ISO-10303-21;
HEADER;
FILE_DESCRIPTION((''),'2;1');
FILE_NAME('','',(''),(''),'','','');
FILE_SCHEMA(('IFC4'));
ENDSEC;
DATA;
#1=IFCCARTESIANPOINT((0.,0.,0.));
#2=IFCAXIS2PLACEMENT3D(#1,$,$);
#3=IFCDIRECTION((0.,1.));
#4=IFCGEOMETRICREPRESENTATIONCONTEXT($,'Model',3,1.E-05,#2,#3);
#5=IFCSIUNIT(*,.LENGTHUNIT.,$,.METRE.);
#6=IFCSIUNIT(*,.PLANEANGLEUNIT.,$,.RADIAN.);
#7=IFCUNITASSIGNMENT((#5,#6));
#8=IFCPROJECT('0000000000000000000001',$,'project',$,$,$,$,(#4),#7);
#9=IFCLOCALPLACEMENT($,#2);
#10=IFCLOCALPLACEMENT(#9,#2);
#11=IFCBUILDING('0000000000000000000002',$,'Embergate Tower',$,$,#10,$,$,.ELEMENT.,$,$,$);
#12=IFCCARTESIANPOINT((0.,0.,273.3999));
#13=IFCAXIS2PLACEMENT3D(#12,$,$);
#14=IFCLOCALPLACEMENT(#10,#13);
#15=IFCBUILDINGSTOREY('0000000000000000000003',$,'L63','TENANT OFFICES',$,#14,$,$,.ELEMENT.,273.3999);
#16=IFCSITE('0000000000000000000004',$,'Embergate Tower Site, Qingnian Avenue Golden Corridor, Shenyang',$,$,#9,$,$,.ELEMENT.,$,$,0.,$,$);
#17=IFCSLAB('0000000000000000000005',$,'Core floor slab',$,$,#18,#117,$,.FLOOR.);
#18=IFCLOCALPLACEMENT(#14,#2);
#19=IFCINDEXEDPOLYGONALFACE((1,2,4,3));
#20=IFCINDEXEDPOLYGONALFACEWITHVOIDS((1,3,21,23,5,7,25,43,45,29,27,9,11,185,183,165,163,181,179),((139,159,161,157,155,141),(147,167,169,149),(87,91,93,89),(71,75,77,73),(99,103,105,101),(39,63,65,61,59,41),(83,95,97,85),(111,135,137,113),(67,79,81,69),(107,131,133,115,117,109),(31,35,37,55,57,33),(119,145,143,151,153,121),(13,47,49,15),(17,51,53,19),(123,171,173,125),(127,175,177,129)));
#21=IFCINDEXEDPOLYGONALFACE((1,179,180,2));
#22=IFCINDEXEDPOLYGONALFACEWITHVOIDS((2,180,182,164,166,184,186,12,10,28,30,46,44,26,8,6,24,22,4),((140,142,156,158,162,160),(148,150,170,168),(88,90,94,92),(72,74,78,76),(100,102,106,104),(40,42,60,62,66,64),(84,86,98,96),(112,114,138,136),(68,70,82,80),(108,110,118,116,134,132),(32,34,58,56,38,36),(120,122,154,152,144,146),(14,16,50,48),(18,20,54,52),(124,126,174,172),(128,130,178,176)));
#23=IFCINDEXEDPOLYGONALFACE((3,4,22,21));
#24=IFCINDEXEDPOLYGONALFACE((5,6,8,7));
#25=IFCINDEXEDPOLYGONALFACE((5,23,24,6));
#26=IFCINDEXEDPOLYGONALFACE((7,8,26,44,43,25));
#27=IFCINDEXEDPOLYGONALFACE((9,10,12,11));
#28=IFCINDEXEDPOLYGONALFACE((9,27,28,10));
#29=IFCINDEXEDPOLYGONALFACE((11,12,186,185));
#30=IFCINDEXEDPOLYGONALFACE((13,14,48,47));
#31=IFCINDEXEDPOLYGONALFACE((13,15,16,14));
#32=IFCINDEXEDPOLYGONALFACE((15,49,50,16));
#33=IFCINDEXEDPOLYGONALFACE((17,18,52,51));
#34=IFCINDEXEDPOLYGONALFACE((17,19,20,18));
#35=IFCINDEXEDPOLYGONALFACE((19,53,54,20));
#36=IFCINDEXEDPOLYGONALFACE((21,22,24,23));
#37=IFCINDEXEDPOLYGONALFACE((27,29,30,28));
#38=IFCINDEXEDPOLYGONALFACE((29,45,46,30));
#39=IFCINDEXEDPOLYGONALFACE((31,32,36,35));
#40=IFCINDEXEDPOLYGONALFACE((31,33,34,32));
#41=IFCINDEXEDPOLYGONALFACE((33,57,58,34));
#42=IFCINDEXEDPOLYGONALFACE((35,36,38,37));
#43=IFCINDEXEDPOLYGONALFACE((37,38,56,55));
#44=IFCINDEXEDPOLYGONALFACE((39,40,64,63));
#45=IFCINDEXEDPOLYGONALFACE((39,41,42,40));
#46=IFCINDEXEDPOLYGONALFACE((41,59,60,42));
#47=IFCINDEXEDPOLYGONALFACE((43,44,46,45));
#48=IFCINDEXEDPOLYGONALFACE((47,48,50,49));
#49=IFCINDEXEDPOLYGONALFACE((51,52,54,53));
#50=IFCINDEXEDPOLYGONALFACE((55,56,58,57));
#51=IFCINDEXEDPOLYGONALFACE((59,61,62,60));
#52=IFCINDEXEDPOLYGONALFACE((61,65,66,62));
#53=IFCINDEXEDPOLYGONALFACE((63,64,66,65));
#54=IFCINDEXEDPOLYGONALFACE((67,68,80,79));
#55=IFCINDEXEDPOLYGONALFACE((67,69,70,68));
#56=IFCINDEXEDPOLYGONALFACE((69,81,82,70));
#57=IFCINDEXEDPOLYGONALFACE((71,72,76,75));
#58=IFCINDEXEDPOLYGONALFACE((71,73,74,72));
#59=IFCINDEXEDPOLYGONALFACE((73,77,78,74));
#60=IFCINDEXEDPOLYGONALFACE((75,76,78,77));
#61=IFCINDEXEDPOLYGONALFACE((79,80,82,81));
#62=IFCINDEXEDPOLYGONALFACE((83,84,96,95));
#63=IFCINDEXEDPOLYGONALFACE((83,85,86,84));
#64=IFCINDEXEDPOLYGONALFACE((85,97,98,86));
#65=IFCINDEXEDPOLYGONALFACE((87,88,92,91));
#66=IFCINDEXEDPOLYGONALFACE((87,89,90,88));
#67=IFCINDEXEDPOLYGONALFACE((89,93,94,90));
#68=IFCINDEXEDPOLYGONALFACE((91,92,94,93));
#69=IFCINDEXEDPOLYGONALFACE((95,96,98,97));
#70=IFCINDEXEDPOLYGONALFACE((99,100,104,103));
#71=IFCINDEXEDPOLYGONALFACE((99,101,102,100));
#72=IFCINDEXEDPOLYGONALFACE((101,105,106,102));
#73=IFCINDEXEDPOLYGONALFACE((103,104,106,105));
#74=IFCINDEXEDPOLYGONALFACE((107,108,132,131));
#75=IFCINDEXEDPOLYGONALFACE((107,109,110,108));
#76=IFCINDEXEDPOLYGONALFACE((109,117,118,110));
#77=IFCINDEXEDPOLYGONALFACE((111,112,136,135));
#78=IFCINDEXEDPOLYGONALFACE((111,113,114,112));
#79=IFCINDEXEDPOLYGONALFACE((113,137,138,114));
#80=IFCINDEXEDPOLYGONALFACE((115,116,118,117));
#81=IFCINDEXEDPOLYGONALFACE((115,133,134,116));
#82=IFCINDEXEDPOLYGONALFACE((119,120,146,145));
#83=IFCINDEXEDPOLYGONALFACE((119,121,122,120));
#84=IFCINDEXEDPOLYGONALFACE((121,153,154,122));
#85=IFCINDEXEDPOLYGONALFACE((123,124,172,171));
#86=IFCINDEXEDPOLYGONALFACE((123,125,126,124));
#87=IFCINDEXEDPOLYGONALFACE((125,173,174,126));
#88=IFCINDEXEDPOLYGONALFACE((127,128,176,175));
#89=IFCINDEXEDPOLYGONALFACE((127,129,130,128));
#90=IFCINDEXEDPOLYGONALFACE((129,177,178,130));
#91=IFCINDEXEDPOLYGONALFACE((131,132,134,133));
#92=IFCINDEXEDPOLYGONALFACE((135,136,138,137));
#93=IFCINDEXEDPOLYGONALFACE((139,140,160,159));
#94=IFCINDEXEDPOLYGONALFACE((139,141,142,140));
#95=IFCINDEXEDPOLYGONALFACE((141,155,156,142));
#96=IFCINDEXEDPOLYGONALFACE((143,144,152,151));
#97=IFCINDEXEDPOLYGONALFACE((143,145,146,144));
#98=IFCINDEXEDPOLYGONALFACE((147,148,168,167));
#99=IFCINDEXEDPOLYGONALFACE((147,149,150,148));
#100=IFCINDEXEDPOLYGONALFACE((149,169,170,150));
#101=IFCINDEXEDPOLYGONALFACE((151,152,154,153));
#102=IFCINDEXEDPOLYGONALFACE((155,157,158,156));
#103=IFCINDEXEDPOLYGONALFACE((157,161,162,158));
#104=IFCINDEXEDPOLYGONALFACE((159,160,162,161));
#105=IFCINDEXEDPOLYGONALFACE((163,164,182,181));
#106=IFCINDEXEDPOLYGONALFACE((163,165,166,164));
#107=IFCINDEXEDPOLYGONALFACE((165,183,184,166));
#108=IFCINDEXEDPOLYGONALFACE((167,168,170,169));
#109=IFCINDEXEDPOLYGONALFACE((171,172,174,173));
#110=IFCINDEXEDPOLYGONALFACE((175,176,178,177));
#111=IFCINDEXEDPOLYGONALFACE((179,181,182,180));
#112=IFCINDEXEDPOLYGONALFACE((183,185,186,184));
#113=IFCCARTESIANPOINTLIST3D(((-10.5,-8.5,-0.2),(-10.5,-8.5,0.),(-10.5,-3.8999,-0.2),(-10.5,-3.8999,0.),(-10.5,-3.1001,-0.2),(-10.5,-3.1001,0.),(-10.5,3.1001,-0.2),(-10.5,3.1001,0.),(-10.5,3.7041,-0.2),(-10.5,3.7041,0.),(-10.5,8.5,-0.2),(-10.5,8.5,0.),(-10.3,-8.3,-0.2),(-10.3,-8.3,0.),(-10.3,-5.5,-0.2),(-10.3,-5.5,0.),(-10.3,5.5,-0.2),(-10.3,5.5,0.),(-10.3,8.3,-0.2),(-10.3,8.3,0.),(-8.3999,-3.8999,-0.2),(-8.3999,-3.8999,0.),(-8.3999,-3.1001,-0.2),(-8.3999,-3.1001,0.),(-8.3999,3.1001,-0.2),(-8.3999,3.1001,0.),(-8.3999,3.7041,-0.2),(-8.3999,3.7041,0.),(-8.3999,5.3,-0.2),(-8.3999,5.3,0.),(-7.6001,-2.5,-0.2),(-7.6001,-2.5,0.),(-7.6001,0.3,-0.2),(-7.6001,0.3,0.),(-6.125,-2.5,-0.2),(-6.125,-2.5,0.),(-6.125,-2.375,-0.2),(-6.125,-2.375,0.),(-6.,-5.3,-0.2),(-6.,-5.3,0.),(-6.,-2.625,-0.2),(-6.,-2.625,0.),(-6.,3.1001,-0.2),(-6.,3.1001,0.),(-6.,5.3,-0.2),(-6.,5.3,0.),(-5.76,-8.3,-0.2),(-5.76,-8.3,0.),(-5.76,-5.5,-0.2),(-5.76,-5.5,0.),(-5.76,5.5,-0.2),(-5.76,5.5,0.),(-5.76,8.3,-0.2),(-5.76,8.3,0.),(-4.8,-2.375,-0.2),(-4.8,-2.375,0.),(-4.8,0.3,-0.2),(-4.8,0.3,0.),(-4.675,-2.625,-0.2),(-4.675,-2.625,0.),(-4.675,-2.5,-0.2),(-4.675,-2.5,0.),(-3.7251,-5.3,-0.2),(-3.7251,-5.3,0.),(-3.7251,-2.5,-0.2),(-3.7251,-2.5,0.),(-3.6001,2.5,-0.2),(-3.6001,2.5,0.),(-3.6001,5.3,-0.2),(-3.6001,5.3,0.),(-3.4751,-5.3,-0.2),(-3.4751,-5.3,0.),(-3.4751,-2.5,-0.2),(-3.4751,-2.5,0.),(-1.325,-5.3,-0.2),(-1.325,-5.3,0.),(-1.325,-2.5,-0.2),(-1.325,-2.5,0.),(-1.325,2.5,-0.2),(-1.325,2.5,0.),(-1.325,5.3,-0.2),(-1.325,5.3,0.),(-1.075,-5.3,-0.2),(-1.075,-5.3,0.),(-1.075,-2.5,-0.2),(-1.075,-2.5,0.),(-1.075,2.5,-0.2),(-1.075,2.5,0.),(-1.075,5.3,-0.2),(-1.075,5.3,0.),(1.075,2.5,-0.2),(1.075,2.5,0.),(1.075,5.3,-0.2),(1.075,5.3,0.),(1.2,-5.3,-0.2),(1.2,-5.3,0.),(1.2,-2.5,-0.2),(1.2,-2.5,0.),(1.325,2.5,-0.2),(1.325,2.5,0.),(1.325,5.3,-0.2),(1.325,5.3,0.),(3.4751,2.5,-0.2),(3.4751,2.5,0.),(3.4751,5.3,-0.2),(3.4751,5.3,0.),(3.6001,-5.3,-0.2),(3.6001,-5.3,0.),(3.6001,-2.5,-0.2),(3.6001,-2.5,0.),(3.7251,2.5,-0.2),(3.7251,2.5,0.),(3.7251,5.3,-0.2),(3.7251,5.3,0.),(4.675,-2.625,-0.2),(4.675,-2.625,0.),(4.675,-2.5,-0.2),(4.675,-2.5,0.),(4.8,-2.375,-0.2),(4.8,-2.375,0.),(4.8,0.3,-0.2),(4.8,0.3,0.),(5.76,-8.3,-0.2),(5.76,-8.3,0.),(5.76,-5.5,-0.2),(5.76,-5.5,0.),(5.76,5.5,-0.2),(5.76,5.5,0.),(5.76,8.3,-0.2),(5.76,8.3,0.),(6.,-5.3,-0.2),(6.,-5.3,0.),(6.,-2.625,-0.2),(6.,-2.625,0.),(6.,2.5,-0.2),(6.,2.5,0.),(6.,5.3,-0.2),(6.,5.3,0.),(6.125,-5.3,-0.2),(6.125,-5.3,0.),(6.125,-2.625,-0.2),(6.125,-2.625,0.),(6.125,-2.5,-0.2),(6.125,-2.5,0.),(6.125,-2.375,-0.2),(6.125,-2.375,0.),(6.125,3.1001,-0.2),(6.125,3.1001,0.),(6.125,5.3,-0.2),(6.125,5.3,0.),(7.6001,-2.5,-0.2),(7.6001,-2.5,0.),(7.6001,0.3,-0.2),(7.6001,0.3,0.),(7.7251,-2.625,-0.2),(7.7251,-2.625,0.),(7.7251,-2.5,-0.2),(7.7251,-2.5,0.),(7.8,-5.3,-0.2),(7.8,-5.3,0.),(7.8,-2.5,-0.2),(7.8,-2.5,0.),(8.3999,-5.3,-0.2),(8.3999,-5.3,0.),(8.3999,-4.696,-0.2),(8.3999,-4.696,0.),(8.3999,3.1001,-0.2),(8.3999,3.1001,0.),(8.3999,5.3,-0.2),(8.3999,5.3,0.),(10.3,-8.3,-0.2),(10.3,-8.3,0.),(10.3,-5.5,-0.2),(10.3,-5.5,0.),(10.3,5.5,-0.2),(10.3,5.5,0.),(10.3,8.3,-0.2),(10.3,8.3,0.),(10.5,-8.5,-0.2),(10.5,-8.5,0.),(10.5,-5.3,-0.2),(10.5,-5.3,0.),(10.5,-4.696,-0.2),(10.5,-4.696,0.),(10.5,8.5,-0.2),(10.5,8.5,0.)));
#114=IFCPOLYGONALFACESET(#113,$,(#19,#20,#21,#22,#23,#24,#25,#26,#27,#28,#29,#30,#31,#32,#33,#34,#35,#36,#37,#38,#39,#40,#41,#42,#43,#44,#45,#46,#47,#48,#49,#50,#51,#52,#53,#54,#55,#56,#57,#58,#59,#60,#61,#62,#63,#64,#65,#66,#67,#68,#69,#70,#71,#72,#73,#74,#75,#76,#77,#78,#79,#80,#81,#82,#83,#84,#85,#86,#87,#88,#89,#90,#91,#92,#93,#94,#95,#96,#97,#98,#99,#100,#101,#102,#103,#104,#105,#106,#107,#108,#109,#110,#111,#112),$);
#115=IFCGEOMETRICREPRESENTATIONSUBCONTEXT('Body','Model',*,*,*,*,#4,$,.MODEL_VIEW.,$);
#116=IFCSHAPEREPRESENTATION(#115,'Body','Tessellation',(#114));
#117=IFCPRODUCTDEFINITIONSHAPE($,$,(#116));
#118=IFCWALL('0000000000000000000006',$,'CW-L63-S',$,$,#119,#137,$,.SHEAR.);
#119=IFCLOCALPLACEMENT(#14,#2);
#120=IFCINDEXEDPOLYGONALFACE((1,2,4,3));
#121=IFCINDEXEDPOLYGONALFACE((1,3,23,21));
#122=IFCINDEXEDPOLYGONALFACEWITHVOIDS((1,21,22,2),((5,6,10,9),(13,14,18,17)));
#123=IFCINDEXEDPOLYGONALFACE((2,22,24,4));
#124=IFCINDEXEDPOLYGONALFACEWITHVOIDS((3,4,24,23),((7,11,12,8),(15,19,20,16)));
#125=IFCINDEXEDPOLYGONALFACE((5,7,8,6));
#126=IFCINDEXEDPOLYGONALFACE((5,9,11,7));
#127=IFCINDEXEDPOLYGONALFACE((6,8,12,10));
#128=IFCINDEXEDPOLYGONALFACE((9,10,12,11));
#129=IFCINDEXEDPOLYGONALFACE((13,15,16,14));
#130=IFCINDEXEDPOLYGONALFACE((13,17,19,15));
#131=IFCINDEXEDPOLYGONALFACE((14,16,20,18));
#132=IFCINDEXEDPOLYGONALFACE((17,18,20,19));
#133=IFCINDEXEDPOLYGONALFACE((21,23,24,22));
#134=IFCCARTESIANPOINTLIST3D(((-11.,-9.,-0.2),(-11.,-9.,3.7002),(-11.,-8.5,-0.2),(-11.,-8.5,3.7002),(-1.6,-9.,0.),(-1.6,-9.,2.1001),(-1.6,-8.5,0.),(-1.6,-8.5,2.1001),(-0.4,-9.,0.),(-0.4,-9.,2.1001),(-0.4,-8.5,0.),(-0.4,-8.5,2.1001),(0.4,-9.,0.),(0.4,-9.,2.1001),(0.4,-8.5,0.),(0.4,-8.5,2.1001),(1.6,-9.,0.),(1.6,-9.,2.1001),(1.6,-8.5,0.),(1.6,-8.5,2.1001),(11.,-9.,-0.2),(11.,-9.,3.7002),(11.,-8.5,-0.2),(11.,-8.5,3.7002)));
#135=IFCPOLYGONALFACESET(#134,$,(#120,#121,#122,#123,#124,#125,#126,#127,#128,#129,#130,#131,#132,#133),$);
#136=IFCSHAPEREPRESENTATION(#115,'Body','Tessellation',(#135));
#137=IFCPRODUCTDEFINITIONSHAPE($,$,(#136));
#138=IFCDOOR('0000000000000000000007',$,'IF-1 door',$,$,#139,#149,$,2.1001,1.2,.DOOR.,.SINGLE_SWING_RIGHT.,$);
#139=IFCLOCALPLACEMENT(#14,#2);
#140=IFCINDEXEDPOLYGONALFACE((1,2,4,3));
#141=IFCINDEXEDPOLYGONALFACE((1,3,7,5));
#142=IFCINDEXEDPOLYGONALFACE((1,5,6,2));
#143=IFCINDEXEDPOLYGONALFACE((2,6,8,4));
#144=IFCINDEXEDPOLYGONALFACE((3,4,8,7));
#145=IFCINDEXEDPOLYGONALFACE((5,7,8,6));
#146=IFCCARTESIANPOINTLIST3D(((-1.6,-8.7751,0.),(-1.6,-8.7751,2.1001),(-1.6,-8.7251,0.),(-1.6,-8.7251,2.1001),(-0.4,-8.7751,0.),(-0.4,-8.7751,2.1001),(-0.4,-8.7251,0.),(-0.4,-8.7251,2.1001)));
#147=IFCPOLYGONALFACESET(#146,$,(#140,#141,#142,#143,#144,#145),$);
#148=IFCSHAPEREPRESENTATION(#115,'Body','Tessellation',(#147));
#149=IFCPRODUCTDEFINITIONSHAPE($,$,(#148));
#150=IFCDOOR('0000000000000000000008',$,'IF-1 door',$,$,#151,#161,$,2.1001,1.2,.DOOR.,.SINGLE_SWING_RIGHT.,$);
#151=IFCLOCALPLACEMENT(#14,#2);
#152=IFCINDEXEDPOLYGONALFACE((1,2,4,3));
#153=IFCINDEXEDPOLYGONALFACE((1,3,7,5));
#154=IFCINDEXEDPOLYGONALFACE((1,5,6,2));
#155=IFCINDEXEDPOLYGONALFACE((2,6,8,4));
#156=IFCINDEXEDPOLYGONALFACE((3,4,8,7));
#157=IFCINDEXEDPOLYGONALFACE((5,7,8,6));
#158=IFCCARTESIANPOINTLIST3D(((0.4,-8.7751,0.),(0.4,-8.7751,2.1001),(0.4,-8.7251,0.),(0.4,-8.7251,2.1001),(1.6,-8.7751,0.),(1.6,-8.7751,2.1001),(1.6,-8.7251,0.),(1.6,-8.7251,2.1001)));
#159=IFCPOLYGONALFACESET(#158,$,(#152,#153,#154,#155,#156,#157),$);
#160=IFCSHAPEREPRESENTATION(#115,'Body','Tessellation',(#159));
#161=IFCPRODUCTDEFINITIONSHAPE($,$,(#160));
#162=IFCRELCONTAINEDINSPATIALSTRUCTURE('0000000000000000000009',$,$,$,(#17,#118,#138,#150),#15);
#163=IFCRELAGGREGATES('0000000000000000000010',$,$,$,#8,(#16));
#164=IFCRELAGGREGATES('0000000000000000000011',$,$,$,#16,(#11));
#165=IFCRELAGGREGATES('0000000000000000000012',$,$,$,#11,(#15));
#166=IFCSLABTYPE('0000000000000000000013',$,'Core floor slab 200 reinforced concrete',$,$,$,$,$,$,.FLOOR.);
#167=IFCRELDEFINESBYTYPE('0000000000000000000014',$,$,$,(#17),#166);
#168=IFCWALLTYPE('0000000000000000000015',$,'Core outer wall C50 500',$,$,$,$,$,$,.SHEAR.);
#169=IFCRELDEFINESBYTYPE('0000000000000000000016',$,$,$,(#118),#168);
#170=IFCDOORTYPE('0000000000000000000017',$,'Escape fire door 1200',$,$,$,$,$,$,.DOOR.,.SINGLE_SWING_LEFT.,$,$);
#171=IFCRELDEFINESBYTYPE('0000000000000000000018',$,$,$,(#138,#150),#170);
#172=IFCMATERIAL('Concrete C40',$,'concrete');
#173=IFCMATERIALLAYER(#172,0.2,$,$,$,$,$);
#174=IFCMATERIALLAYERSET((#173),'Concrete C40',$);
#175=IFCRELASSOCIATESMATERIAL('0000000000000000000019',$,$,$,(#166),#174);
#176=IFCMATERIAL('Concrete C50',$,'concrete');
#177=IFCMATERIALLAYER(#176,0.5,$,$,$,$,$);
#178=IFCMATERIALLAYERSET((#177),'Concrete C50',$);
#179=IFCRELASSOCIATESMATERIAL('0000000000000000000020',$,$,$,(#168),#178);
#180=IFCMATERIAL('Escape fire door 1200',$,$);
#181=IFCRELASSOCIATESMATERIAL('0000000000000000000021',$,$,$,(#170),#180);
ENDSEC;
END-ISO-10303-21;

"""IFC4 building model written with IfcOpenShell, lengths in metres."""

from ifc_helpers import new_model, si_unit, direction, frame, frame_2d, origin, place, context, subcontext, project, spatial, polyline, rectangle, outline, extrude, source, transform, mapped, material, layer, layer_set, type_object, element, fill, save


model = new_model("IFC4")

# Units and contexts
model_context = context("Model", 3, precision=1e-05, world=origin(), true_north=direction((0.0, 1.0)))
body_context = subcontext(model_context, "Body", "Model", "MODEL_VIEW")
ifc_project = project(units=[si_unit("LENGTHUNIT", "METRE"), si_unit("PLANEANGLEUNIT", "RADIAN")], contexts=[model_context])

# Site, building, storey
site_placement = place(None, origin())
site = spatial("IfcSite", under=ifc_project, at=site_placement, Name="Embergate Tower Site, Qingnian Avenue Golden Corridor, Shenyang", CompositionType="ELEMENT", RefElevation=0.0)
building_placement = place(site_placement, origin())
building = spatial("IfcBuilding", under=site, at=building_placement, Name="Embergate Tower", CompositionType="ELEMENT")
storey_placement = place(building_placement, frame((0.0, 0.0, 273.3999)))
storey = spatial("IfcBuildingStorey", under=building, at=storey_placement, Name="L63", Description="TENANT OFFICES", CompositionType="ELEMENT", Elevation=273.3999)

# Slab
ifc_material_1 = material(Name="Concrete C40", Category="concrete")
ifc_layer_1 = layer(ifc_material_1, 0.2)
ifc_layer_set_1 = layer_set([ifc_layer_1], Name="Concrete C40")
slab_type = type_object("IfcSlabType", Name="Core floor slab 200 reinforced concrete", PredefinedType="FLOOR", material=ifc_layer_set_1)
shared_shape_1 = source(origin(), body_context, "Body", "SweptSolid", [
    extrude(outline(polyline([(0.0, 0.0), (21.0, 0.0), (21.0, 3.2), (18.8999, 3.2), (18.8999, 3.804), (21.0, 3.804), (21.0, 17.0), (0.0, 17.0), (0.0, 12.2041), (2.1001, 12.2041), (2.1001, 13.8), (4.5, 13.8), (4.5, 11.6001), (2.1001, 11.6001), (0.0, 11.6001), (0.0, 5.3999), (2.1001, 5.3999), (2.1001, 4.6001), (0.0, 4.6001), (0.0, 0.0)]), holes=[polyline([(0.2, 0.2), (0.2, 3.0), (4.74, 3.0), (4.74, 0.2), (0.2, 0.2)]), polyline([(16.26, 0.2), (16.26, 3.0), (20.8, 3.0), (20.8, 0.2), (16.26, 0.2)]), polyline([(4.5, 3.2), (4.5, 5.875), (5.825, 5.875), (5.825, 6.0), (6.7749, 6.0), (6.7749, 3.2), (4.5, 3.2)]), polyline([(7.0249, 3.2), (7.0249, 6.0), (9.175, 6.0), (9.175, 3.2), (7.0249, 3.2)]), polyline([(9.425, 3.2), (9.425, 6.0), (11.7, 6.0), (11.7, 3.2), (9.425, 3.2)]), polyline([(14.1001, 3.2), (14.1001, 6.0), (15.175, 6.0), (15.175, 5.875), (16.5, 5.875), (16.5, 3.2), (14.1001, 3.2)]), polyline([(16.625, 3.2), (16.625, 5.875), (18.2251, 5.875), (18.2251, 6.0), (18.3, 6.0), (18.3, 3.2), (16.625, 3.2)]), polyline([(2.8999, 6.0), (2.8999, 8.8), (5.7, 8.8), (5.7, 6.125), (4.375, 6.125), (4.375, 6.0), (2.8999, 6.0)]), polyline([(16.625, 6.0), (16.625, 6.125), (15.3, 6.125), (15.3, 8.8), (18.1001, 8.8), (18.1001, 6.0), (16.625, 6.0)]), polyline([(6.8999, 11.0), (6.8999, 13.8), (9.175, 13.8), (9.175, 11.0), (6.8999, 11.0)]), polyline([(9.425, 11.0), (9.425, 13.8), (11.575, 13.8), (11.575, 11.0), (9.425, 11.0)]), polyline([(11.825, 11.0), (11.825, 13.8), (13.9751, 13.8), (13.9751, 11.0), (11.825, 11.0)]), polyline([(14.2251, 11.0), (14.2251, 13.8), (16.5, 13.8), (16.5, 11.0), (14.2251, 11.0)]), polyline([(16.625, 11.6001), (16.625, 13.8), (18.8999, 13.8), (18.8999, 11.6001), (16.625, 11.6001)]), polyline([(0.2, 14.0), (0.2, 16.8), (4.74, 16.8), (4.74, 14.0), (0.2, 14.0)]), polyline([(16.26, 14.0), (16.26, 16.8), (20.8, 16.8), (20.8, 14.0), (16.26, 14.0)])]), origin(), (0.0, 0.0, 1.0), 0.2),
])
slab_placement = place(storey_placement, frame((-10.5, -8.5, -0.2)))
element("IfcSlab", 1, at=slab_placement, inside=storey, type_object=slab_type, Name="Core floor slab", PredefinedType="FLOOR", context=body_context, shape_type="MappedRepresentation", body=[
    mapped(shared_shape_1, transform((0.0, 0.0, 0.0))),
])

# Wall, openings, doors
ifc_material_2 = material(Name="Concrete C50", Category="concrete")
ifc_layer_2 = layer(ifc_material_2, 0.5)
ifc_layer_set_2 = layer_set([ifc_layer_2], Name="Concrete C50")
wall_type_1 = type_object("IfcWallType", Name="Core outer wall C50 500", PredefinedType="SHEAR", material=ifc_layer_set_2)
shared_shape_2 = source(origin(), body_context, "Body", "SweptSolid", [
    extrude(rectangle(XDim=22.0, YDim=0.5, at=frame_2d((11.0, 0.0))), origin(), (0.0, 0.0, 1.0), 3.9001),
])
wall_1_placement = place(storey_placement, frame((-11.0, -8.75, -0.2), z_axis=(0.0, 0.0, 1.0), x_axis=(1.0, 0.0, 0.0)))
wall_1 = element("IfcWall", 2, at=wall_1_placement, inside=storey, type_object=wall_type_1, Name="CW-L63-S", PredefinedType="SHEAR", context=body_context, shape_type="MappedRepresentation", body=[
    mapped(shared_shape_2, transform((0.0, 0.0, 0.0))),
])
shared_shape_3 = source(origin(), body_context, "Body", "SweptSolid", [
    extrude(rectangle(XDim=1.2, YDim=2.1001, at=frame_2d((0.6001, 1.05))), frame((0.0, 0.26, 0.0), z_axis=(0.0, -1.0, 0.0), x_axis=(1.0, 0.0, 0.0)), (0.0, 0.0, 1.0), 0.52),
])
opening_1_placement = place(wall_1_placement, frame((9.3999, 0.0, 0.2)))
opening_1 = element("IfcOpeningElement", 3, at=opening_1_placement, cuts=wall_1, PredefinedType="OPENING", context=body_context, shape_type="MappedRepresentation", body=[
    mapped(shared_shape_3, transform((0.0, 0.0, 0.0))),
])
opening_2_placement = place(wall_1_placement, frame((11.3999, 0.0, 0.2)))
opening_2 = element("IfcOpeningElement", 4, at=opening_2_placement, cuts=wall_1, PredefinedType="OPENING", context=body_context, shape_type="MappedRepresentation", body=[
    mapped(shared_shape_3, transform((0.0, 0.0, 0.0))),
])
ifc_material_3 = material(Name="Escape fire door 1200")
door_type_1 = type_object("IfcDoorType", Name="Escape fire door 1200", OperationType="SINGLE_SWING_LEFT", PredefinedType="DOOR", material=ifc_material_3)
shared_shape_4 = source(origin(), body_context, "Body", "SweptSolid", [
    extrude(rectangle(XDim=1.2, YDim=2.1001, at=frame_2d((0.6001, 1.05))), frame((0.0, 0.0249, 0.0), z_axis=(0.0, -1.0, 0.0), x_axis=(1.0, 0.0, 0.0)), (0.0, 0.0, 1.0), 0.05),
])
door_1_placement = place(opening_1_placement, origin())
door_1 = element("IfcDoor", 5, at=door_1_placement, inside=storey, type_object=door_type_1, Name="IF-1 door", OperationType="SINGLE_SWING_RIGHT", OverallHeight=2.1001, OverallWidth=1.2, PredefinedType="DOOR", context=body_context, shape_type="MappedRepresentation", body=[
    mapped(shared_shape_4, transform((0.0, 0.0, 0.0))),
])
fill(opening_1, door_1)
door_2_placement = place(opening_2_placement, origin())
door_2 = element("IfcDoor", 6, at=door_2_placement, inside=storey, type_object=door_type_1, Name="IF-1 door", OperationType="SINGLE_SWING_RIGHT", OverallHeight=2.1001, OverallWidth=1.2, PredefinedType="DOOR", context=body_context, shape_type="MappedRepresentation", body=[
    mapped(shared_shape_4, transform((0.0, 0.0, 0.0))),
])
fill(opening_2, door_2)

save(model, "model.ifc")
